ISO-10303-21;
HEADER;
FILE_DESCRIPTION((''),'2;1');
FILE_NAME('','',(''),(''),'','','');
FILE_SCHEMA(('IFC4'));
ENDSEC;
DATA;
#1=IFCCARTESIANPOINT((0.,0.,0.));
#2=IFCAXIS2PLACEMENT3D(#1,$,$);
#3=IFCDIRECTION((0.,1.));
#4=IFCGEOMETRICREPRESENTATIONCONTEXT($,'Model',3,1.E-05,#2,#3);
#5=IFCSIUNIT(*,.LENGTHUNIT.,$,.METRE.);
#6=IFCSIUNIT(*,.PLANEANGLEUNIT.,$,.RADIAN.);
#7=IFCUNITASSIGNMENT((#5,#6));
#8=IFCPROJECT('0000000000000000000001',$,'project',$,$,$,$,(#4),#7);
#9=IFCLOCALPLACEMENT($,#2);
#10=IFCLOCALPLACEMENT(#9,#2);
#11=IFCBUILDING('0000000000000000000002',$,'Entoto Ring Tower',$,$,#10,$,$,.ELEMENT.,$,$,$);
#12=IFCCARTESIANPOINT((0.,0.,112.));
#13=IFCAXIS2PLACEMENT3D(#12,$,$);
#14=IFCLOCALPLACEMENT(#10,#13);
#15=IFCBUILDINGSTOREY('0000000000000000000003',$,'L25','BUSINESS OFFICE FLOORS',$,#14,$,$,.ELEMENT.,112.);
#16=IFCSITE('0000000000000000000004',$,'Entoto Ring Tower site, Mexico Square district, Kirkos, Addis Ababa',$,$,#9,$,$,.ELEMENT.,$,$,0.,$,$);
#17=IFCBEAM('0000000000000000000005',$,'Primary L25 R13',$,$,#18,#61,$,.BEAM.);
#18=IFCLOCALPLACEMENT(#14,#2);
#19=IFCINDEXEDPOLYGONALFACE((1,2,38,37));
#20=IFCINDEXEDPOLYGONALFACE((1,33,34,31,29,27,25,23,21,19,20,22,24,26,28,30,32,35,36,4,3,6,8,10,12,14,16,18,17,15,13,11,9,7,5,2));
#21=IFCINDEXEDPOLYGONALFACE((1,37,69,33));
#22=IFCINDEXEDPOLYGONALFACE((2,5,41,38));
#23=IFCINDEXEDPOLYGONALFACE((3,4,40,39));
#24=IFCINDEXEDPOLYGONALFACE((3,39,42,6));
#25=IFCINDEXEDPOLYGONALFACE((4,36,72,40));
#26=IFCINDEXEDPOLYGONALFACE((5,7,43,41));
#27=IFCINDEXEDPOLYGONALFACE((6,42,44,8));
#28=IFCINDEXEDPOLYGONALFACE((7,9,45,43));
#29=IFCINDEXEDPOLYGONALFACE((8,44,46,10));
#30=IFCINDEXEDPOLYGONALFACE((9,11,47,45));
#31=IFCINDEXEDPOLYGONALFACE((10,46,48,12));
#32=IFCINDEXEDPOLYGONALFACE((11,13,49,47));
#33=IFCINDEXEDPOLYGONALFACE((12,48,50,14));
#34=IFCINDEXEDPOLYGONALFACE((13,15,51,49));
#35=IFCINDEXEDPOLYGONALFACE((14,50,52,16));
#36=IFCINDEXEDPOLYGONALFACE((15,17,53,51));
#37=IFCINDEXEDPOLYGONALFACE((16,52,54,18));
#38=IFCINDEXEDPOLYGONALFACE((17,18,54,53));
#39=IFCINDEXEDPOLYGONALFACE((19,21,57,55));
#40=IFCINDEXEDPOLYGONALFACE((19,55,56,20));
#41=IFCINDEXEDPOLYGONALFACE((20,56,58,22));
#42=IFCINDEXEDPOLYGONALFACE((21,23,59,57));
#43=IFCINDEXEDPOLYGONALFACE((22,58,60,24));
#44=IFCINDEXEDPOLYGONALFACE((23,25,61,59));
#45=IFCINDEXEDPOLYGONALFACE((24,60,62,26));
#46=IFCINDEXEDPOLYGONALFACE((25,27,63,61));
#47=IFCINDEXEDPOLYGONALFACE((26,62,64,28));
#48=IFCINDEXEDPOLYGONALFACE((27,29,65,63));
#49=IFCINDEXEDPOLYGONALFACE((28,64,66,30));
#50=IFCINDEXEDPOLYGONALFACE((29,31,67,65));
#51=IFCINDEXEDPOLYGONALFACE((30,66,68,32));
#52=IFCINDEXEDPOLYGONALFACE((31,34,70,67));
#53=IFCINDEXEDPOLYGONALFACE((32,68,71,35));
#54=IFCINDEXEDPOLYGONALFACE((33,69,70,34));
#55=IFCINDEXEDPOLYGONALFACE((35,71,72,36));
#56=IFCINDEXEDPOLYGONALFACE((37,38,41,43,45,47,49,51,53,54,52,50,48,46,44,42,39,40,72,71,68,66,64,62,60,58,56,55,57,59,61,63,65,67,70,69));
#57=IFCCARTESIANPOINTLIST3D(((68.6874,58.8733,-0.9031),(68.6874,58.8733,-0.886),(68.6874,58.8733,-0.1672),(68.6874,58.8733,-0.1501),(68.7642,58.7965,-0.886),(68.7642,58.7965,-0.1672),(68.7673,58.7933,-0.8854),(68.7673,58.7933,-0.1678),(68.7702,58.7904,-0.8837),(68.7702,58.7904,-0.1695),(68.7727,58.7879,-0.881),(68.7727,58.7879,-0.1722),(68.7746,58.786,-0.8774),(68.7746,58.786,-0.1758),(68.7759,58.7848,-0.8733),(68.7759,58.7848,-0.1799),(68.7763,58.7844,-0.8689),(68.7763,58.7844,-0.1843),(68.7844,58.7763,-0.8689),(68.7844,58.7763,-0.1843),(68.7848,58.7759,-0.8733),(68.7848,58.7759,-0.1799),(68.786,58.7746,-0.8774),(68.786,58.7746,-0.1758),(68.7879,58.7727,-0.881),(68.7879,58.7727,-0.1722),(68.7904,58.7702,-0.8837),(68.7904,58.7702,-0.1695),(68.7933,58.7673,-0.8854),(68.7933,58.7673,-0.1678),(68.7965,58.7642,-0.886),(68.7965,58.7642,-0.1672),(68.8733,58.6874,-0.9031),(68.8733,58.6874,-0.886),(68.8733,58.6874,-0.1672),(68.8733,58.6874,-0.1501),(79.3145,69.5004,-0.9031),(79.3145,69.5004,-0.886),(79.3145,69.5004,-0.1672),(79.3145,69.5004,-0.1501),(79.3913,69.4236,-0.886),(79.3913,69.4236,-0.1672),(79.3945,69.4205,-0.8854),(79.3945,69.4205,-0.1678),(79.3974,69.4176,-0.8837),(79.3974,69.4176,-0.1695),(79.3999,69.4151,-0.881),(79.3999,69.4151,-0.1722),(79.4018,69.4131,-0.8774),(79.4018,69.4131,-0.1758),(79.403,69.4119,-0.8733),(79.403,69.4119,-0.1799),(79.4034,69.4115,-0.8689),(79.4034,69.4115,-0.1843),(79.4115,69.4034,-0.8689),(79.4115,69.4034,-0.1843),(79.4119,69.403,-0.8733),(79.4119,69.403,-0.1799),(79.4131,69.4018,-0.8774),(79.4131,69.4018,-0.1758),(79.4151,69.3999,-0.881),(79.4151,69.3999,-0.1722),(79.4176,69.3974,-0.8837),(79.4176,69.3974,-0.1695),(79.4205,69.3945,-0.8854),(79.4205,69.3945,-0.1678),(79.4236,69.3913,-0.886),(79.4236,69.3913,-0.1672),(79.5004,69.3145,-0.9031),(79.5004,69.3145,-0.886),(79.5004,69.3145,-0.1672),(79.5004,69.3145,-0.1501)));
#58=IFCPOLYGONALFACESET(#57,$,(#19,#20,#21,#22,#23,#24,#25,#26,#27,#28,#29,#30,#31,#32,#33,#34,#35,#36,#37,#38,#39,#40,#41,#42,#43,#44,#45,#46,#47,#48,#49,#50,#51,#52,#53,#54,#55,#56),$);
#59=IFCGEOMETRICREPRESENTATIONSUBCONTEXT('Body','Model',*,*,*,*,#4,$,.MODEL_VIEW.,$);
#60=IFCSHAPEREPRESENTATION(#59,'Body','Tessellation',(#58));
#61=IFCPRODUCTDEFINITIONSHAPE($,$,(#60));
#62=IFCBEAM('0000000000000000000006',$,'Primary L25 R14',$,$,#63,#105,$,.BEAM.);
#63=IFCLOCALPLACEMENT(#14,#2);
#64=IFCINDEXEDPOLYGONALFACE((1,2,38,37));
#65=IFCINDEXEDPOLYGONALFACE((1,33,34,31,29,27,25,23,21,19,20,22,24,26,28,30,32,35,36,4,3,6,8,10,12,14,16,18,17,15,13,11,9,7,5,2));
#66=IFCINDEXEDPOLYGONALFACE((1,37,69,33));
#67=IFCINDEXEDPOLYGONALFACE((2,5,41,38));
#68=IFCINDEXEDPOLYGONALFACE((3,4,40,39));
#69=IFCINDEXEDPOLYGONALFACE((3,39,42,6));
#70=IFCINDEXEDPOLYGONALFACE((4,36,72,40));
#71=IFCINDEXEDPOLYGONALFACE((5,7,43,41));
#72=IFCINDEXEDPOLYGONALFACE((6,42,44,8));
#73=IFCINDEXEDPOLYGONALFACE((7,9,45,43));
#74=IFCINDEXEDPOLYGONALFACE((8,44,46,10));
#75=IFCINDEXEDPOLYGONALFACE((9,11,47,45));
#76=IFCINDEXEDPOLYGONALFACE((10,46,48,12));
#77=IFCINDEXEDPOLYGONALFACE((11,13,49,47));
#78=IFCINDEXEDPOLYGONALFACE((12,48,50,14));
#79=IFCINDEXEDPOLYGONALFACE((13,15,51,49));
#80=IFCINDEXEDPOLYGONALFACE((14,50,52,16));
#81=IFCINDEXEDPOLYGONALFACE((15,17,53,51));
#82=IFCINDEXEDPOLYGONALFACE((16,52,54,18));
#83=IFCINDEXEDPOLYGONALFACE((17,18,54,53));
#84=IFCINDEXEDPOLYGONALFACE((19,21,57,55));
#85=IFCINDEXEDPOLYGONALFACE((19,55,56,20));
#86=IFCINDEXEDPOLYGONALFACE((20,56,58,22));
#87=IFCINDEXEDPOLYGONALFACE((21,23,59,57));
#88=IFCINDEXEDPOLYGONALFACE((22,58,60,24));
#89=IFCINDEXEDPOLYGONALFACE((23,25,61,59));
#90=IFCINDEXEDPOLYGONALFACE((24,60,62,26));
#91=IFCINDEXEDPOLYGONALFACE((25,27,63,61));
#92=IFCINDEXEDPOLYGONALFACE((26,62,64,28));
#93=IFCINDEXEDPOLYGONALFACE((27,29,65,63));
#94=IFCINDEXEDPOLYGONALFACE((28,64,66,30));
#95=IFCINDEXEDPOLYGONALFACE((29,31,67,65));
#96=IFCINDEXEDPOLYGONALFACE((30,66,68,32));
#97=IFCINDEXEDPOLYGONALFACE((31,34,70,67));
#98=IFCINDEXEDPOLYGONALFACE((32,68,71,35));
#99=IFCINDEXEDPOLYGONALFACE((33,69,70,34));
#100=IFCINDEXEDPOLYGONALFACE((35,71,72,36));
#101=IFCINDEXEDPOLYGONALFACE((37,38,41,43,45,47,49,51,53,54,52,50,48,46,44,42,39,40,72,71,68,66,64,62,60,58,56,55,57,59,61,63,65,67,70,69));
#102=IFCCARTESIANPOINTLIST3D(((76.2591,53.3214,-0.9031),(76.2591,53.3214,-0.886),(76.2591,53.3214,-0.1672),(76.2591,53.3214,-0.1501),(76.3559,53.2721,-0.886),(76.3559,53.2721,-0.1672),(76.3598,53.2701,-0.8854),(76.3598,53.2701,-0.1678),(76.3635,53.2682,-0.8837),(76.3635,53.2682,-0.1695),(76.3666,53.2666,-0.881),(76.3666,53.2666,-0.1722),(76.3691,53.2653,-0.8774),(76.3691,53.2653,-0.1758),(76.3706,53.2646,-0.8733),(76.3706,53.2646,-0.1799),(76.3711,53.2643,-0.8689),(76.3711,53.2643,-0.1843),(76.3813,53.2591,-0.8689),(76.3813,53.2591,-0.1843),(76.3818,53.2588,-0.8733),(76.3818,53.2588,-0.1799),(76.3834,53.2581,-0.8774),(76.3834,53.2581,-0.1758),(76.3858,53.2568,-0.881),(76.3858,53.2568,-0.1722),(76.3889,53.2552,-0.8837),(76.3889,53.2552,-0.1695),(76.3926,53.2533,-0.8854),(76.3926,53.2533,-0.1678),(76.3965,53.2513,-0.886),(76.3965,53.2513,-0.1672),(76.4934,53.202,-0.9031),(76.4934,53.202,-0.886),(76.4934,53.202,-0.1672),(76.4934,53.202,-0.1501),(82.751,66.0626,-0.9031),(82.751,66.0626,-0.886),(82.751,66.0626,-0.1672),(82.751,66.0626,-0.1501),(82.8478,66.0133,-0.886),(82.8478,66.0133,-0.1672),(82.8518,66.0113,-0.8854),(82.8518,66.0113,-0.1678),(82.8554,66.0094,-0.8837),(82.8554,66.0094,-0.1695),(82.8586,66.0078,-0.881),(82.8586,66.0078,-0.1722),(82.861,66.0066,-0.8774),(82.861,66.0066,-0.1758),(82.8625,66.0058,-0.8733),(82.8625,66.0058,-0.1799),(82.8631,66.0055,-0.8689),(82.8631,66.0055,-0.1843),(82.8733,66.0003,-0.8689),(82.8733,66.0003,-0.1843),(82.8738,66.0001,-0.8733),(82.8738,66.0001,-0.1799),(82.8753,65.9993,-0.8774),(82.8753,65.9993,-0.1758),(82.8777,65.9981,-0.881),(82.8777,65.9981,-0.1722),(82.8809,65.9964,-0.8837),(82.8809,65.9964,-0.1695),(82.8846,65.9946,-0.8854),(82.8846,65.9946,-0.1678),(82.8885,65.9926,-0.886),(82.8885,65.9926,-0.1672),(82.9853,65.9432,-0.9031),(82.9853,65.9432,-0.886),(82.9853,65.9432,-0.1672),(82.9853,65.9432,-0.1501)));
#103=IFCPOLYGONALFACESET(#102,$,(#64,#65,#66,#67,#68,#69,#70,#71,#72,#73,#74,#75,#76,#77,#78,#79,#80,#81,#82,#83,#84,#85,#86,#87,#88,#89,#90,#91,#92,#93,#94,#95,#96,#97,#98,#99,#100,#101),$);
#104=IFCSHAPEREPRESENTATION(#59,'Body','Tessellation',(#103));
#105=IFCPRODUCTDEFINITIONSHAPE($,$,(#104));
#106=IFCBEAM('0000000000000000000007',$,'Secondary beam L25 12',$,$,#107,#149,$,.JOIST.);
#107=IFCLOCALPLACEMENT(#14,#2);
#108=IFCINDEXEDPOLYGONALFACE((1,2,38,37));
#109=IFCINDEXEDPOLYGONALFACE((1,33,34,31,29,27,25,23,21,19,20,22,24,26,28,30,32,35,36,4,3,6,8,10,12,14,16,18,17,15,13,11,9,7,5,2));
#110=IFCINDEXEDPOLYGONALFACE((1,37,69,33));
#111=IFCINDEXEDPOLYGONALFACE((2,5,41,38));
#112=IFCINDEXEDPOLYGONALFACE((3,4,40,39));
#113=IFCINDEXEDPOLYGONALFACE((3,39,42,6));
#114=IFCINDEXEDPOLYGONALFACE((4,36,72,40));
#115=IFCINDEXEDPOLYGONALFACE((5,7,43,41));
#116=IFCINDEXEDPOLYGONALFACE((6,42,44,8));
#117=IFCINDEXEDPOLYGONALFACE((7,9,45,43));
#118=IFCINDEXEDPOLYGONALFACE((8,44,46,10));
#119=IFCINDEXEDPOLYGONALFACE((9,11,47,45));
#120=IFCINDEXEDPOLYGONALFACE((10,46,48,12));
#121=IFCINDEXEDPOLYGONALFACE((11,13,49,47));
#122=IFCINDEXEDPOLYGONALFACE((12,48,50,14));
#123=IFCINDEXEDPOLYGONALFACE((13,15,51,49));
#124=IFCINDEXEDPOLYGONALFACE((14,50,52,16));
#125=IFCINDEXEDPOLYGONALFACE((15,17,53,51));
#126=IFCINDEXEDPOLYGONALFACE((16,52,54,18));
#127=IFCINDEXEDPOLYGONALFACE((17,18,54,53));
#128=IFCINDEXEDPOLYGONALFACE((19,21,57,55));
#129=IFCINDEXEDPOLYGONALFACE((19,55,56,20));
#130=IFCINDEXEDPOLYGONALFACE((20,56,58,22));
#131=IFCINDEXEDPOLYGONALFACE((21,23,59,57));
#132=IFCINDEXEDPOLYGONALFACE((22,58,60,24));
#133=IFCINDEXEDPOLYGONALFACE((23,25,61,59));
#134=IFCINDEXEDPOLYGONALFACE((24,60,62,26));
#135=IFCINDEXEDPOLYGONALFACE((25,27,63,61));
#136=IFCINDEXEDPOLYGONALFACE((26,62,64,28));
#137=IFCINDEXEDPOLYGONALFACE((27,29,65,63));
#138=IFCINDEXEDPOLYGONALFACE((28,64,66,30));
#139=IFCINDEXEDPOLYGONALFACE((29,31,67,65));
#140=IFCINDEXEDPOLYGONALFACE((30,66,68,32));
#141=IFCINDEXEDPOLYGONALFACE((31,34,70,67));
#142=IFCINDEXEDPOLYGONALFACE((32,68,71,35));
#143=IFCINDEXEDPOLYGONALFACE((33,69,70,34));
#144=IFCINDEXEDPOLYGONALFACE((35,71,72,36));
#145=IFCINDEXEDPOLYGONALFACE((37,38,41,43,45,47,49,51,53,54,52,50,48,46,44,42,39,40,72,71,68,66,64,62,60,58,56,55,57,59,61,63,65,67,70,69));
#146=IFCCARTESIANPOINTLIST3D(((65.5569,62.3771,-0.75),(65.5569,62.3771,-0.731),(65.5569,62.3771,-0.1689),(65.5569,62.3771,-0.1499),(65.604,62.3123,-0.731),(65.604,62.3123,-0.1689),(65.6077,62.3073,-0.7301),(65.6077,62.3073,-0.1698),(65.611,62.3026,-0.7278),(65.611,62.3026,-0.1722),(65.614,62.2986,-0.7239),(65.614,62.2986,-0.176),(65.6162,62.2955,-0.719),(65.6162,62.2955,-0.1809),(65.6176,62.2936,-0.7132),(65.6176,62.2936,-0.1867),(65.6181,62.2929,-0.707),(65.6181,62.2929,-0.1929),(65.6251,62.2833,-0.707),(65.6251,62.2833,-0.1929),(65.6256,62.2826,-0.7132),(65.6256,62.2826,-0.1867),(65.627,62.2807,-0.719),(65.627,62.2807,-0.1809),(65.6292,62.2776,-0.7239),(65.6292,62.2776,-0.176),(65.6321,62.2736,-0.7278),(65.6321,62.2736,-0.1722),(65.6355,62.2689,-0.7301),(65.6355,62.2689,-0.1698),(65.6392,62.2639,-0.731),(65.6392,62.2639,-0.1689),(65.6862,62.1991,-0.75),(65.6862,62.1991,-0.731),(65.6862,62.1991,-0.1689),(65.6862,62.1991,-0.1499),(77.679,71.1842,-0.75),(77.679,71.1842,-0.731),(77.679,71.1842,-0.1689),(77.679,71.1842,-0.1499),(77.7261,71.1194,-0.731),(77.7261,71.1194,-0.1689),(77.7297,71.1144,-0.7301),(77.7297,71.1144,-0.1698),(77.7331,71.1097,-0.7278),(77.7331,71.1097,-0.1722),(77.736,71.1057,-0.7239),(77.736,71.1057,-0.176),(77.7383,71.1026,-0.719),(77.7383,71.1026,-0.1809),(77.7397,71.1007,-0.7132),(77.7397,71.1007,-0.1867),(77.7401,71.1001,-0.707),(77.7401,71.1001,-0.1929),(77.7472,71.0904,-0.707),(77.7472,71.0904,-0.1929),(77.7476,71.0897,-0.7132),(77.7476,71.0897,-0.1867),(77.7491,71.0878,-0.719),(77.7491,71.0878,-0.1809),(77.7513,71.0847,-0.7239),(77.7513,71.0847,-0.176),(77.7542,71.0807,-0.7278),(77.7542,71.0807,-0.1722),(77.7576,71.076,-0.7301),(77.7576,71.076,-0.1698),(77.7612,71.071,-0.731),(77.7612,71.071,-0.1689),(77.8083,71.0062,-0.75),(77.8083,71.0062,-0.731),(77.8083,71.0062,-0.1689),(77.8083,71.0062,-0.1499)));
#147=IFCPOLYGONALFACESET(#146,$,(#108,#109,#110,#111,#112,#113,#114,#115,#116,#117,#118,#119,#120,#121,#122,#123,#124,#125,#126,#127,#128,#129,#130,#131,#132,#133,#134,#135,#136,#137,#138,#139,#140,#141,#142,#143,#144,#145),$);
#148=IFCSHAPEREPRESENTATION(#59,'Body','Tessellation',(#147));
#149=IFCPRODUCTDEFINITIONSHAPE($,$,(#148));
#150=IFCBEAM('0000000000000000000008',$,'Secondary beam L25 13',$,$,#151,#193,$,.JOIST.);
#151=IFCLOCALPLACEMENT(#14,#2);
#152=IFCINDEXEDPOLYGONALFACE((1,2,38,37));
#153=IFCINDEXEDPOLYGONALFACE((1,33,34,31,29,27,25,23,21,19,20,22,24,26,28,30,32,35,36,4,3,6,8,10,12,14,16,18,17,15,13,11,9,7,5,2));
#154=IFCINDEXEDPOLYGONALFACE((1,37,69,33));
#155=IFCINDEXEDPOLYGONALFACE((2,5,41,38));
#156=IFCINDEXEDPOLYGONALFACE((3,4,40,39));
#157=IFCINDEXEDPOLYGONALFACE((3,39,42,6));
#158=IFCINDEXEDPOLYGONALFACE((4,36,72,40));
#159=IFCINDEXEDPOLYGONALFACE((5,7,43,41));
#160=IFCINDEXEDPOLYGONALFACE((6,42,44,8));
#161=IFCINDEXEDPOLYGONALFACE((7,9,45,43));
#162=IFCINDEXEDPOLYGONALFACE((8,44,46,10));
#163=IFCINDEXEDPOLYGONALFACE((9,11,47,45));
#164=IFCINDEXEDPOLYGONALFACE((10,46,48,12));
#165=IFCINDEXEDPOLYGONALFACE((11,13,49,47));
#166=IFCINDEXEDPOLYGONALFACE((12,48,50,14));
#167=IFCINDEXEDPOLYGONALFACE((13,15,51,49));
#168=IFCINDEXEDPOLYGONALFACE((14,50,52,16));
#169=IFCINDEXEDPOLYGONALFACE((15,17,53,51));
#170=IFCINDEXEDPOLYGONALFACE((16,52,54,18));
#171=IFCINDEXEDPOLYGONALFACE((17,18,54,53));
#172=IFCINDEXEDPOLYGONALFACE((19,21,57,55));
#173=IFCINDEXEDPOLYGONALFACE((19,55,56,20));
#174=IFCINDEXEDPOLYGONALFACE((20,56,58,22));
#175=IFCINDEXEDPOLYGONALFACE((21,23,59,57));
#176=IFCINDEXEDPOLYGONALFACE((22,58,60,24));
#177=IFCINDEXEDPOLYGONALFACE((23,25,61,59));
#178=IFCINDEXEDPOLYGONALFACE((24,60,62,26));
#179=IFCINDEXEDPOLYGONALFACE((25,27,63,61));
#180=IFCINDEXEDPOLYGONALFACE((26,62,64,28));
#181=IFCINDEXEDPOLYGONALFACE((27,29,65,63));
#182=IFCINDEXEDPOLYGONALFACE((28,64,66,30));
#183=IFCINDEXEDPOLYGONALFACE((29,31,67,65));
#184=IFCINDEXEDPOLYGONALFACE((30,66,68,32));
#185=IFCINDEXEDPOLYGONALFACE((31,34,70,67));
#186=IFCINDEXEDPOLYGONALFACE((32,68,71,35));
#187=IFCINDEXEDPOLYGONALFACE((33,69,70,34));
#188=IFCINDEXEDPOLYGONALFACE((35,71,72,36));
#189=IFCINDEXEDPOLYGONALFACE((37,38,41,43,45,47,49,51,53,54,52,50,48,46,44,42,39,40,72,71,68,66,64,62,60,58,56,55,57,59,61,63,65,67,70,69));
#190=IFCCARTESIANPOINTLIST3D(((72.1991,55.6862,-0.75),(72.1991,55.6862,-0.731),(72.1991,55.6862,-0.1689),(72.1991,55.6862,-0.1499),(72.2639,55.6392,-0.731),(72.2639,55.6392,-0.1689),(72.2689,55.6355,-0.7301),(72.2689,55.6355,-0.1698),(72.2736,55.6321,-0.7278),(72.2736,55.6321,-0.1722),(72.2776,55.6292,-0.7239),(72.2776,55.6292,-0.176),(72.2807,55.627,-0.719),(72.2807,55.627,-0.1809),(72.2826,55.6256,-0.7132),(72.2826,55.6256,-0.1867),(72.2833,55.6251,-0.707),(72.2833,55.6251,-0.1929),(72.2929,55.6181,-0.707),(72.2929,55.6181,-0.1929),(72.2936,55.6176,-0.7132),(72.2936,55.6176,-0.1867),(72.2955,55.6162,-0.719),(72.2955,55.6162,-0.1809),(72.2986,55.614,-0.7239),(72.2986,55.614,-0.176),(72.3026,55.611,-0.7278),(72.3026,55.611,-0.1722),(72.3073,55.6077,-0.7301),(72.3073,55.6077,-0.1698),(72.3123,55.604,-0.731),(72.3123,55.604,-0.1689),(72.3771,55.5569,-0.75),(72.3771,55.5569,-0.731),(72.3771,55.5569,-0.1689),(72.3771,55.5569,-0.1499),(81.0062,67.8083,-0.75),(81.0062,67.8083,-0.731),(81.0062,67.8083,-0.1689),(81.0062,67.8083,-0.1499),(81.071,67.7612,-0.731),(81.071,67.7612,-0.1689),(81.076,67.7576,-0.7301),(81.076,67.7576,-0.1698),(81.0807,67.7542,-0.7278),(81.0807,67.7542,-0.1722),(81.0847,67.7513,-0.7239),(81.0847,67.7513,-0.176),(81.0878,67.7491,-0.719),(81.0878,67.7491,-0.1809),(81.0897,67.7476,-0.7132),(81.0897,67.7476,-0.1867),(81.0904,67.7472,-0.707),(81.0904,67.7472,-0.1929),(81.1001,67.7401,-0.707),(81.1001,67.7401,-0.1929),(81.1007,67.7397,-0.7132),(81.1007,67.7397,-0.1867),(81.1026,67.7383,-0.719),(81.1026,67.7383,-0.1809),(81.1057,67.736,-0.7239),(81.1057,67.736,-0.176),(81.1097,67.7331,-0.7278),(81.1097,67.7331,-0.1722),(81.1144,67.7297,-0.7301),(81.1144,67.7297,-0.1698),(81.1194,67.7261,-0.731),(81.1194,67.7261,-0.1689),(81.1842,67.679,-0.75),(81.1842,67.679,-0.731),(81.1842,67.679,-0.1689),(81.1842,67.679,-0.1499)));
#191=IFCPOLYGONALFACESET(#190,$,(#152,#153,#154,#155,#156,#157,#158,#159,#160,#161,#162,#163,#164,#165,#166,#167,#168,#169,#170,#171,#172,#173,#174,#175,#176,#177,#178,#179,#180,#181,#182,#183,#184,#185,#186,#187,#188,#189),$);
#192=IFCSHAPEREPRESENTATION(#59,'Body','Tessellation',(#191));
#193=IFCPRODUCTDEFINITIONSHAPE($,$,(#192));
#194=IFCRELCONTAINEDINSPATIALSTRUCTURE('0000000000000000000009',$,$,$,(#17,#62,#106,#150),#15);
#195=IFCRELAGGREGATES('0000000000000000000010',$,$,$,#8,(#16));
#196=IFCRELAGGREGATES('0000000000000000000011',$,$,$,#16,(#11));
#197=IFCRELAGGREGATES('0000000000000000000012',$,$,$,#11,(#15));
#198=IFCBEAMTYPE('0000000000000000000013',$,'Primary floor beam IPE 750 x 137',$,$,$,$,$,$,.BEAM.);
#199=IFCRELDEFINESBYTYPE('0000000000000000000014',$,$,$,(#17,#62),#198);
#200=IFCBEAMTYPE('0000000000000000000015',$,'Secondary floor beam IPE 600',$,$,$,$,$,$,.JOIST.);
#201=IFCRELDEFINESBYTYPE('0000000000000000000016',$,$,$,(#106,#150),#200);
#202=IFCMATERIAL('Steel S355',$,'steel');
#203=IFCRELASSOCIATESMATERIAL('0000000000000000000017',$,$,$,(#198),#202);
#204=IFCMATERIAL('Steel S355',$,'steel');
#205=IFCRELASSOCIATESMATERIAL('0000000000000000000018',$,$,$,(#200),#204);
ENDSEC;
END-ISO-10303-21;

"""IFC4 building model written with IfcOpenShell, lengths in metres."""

from ifc_helpers import new_model, si_unit, direction, frame, origin, origin_2d, place, context, subcontext, project, spatial, i_section, extrude, material, material_profile, profile_set, type_object, element, save


model = new_model("IFC4")

# Units and contexts
model_context = context("Model", 3, precision=1e-05, world=origin(), true_north=direction((0.0, 1.0)))
body_context = subcontext(model_context, "Body", "Model", "MODEL_VIEW")
ifc_project = project(units=[si_unit("LENGTHUNIT", "METRE"), si_unit("PLANEANGLEUNIT", "RADIAN")], contexts=[model_context])

# Site, building, storey
site_placement = place(None, origin())
site = spatial("IfcSite", under=ifc_project, at=site_placement, Name="Entoto Ring Tower site, Mexico Square district, Kirkos, Addis Ababa", CompositionType="ELEMENT", RefElevation=0.0)
building_placement = place(site_placement, origin())
building = spatial("IfcBuilding", under=site, at=building_placement, Name="Entoto Ring Tower", CompositionType="ELEMENT")
storey_placement = place(building_placement, frame((0.0, 0.0, 112.0)))
storey = spatial("IfcBuildingStorey", under=building, at=storey_placement, Name="L25", Description="BUSINESS OFFICE FLOORS", CompositionType="ELEMENT", Elevation=112.0)

# Beams
ifc_material_1 = material(Name="Steel S355", Category="steel")
ifc_material_profile_1 = material_profile(ifc_material_1, i_section(OverallWidth=0.2629, OverallDepth=0.7529, WebThickness=0.0115, FlangeThickness=0.0171, FilletRadius=0.0171, at=origin_2d()), Name="IPE 750 x 137")
ifc_profile_set_1 = profile_set([ifc_material_profile_1], Name="Steel S355")
beam_type_1 = type_object("IfcBeamType", Name="Primary floor beam IPE 750 x 137", PredefinedType="BEAM", material=ifc_profile_set_1)
beam_1_placement = place(storey_placement, frame((79.4075, 69.4075, -0.5266), z_axis=(-0.707107, -0.707107, 0.0), x_axis=(0.707107, -0.707107, 0.0)))
element("IfcBeam", 1, at=beam_1_placement, inside=storey, type_object=beam_type_1, Name="Primary L25 R13", PredefinedType="BEAM", context=body_context, shape_type="SweptSolid", body=[
    extrude(i_section(OverallWidth=0.2629, OverallDepth=0.7529, WebThickness=0.0115, FlangeThickness=0.0171, FilletRadius=0.0171, at=origin_2d()), origin(), (0.0, 0.0, 1.0), 15.0291),
])
beam_2_placement = place(storey_placement, frame((82.8682, 66.0029, -0.5266), z_axis=(-0.453989, -0.891007, 0.0), x_axis=(0.891007, -0.453989, 0.0)))
element("IfcBeam", 2, at=beam_2_placement, inside=storey, type_object=beam_type_1, Name="Primary L25 R14", PredefinedType="BEAM", context=body_context, shape_type="SweptSolid", body=[
    extrude(i_section(OverallWidth=0.2629, OverallDepth=0.7529, WebThickness=0.0115, FlangeThickness=0.0171, FilletRadius=0.0171, at=origin_2d()), origin(), (0.0, 0.0, 1.0), 14.2998),
])
ifc_material_2 = material(Name="Steel S355", Category="steel")
ifc_material_profile_2 = material_profile(ifc_material_2, i_section(OverallWidth=0.22, OverallDepth=0.6001, WebThickness=0.012, FlangeThickness=0.019, FilletRadius=0.0239, at=origin_2d()), Name="IPE 600")
ifc_profile_set_2 = profile_set([ifc_material_profile_2], Name="Steel S355")
beam_type_2 = type_object("IfcBeamType", Name="Secondary floor beam IPE 600", PredefinedType="JOIST", material=ifc_profile_set_2)
for number, where, z_axis, x_axis, name in (
    (3, (77.7437, 71.0952, -0.45), (-0.809019, -0.587782, 0.0), (0.587782, -0.809019, 0.0), "Secondary beam L25 12"),
    (4, (81.0952, 67.7437, -0.45), (-0.587782, -0.809019, 0.0), (0.809019, -0.587782, 0.0), "Secondary beam L25 13"),
):
    element("IfcBeam", number, at=place(storey_placement, frame(where, z_axis=z_axis, x_axis=x_axis)), inside=storey, type_object=beam_type_2, Name=name, PredefinedType="JOIST", context=body_context, shape_type="SweptSolid", body=[
        extrude(i_section(OverallWidth=0.22, OverallDepth=0.6001, WebThickness=0.012, FlangeThickness=0.019, FilletRadius=0.0239, at=origin_2d()), origin(), (0.0, 0.0, 1.0), 14.9836),
    ])

save(model, "model.ifc")
